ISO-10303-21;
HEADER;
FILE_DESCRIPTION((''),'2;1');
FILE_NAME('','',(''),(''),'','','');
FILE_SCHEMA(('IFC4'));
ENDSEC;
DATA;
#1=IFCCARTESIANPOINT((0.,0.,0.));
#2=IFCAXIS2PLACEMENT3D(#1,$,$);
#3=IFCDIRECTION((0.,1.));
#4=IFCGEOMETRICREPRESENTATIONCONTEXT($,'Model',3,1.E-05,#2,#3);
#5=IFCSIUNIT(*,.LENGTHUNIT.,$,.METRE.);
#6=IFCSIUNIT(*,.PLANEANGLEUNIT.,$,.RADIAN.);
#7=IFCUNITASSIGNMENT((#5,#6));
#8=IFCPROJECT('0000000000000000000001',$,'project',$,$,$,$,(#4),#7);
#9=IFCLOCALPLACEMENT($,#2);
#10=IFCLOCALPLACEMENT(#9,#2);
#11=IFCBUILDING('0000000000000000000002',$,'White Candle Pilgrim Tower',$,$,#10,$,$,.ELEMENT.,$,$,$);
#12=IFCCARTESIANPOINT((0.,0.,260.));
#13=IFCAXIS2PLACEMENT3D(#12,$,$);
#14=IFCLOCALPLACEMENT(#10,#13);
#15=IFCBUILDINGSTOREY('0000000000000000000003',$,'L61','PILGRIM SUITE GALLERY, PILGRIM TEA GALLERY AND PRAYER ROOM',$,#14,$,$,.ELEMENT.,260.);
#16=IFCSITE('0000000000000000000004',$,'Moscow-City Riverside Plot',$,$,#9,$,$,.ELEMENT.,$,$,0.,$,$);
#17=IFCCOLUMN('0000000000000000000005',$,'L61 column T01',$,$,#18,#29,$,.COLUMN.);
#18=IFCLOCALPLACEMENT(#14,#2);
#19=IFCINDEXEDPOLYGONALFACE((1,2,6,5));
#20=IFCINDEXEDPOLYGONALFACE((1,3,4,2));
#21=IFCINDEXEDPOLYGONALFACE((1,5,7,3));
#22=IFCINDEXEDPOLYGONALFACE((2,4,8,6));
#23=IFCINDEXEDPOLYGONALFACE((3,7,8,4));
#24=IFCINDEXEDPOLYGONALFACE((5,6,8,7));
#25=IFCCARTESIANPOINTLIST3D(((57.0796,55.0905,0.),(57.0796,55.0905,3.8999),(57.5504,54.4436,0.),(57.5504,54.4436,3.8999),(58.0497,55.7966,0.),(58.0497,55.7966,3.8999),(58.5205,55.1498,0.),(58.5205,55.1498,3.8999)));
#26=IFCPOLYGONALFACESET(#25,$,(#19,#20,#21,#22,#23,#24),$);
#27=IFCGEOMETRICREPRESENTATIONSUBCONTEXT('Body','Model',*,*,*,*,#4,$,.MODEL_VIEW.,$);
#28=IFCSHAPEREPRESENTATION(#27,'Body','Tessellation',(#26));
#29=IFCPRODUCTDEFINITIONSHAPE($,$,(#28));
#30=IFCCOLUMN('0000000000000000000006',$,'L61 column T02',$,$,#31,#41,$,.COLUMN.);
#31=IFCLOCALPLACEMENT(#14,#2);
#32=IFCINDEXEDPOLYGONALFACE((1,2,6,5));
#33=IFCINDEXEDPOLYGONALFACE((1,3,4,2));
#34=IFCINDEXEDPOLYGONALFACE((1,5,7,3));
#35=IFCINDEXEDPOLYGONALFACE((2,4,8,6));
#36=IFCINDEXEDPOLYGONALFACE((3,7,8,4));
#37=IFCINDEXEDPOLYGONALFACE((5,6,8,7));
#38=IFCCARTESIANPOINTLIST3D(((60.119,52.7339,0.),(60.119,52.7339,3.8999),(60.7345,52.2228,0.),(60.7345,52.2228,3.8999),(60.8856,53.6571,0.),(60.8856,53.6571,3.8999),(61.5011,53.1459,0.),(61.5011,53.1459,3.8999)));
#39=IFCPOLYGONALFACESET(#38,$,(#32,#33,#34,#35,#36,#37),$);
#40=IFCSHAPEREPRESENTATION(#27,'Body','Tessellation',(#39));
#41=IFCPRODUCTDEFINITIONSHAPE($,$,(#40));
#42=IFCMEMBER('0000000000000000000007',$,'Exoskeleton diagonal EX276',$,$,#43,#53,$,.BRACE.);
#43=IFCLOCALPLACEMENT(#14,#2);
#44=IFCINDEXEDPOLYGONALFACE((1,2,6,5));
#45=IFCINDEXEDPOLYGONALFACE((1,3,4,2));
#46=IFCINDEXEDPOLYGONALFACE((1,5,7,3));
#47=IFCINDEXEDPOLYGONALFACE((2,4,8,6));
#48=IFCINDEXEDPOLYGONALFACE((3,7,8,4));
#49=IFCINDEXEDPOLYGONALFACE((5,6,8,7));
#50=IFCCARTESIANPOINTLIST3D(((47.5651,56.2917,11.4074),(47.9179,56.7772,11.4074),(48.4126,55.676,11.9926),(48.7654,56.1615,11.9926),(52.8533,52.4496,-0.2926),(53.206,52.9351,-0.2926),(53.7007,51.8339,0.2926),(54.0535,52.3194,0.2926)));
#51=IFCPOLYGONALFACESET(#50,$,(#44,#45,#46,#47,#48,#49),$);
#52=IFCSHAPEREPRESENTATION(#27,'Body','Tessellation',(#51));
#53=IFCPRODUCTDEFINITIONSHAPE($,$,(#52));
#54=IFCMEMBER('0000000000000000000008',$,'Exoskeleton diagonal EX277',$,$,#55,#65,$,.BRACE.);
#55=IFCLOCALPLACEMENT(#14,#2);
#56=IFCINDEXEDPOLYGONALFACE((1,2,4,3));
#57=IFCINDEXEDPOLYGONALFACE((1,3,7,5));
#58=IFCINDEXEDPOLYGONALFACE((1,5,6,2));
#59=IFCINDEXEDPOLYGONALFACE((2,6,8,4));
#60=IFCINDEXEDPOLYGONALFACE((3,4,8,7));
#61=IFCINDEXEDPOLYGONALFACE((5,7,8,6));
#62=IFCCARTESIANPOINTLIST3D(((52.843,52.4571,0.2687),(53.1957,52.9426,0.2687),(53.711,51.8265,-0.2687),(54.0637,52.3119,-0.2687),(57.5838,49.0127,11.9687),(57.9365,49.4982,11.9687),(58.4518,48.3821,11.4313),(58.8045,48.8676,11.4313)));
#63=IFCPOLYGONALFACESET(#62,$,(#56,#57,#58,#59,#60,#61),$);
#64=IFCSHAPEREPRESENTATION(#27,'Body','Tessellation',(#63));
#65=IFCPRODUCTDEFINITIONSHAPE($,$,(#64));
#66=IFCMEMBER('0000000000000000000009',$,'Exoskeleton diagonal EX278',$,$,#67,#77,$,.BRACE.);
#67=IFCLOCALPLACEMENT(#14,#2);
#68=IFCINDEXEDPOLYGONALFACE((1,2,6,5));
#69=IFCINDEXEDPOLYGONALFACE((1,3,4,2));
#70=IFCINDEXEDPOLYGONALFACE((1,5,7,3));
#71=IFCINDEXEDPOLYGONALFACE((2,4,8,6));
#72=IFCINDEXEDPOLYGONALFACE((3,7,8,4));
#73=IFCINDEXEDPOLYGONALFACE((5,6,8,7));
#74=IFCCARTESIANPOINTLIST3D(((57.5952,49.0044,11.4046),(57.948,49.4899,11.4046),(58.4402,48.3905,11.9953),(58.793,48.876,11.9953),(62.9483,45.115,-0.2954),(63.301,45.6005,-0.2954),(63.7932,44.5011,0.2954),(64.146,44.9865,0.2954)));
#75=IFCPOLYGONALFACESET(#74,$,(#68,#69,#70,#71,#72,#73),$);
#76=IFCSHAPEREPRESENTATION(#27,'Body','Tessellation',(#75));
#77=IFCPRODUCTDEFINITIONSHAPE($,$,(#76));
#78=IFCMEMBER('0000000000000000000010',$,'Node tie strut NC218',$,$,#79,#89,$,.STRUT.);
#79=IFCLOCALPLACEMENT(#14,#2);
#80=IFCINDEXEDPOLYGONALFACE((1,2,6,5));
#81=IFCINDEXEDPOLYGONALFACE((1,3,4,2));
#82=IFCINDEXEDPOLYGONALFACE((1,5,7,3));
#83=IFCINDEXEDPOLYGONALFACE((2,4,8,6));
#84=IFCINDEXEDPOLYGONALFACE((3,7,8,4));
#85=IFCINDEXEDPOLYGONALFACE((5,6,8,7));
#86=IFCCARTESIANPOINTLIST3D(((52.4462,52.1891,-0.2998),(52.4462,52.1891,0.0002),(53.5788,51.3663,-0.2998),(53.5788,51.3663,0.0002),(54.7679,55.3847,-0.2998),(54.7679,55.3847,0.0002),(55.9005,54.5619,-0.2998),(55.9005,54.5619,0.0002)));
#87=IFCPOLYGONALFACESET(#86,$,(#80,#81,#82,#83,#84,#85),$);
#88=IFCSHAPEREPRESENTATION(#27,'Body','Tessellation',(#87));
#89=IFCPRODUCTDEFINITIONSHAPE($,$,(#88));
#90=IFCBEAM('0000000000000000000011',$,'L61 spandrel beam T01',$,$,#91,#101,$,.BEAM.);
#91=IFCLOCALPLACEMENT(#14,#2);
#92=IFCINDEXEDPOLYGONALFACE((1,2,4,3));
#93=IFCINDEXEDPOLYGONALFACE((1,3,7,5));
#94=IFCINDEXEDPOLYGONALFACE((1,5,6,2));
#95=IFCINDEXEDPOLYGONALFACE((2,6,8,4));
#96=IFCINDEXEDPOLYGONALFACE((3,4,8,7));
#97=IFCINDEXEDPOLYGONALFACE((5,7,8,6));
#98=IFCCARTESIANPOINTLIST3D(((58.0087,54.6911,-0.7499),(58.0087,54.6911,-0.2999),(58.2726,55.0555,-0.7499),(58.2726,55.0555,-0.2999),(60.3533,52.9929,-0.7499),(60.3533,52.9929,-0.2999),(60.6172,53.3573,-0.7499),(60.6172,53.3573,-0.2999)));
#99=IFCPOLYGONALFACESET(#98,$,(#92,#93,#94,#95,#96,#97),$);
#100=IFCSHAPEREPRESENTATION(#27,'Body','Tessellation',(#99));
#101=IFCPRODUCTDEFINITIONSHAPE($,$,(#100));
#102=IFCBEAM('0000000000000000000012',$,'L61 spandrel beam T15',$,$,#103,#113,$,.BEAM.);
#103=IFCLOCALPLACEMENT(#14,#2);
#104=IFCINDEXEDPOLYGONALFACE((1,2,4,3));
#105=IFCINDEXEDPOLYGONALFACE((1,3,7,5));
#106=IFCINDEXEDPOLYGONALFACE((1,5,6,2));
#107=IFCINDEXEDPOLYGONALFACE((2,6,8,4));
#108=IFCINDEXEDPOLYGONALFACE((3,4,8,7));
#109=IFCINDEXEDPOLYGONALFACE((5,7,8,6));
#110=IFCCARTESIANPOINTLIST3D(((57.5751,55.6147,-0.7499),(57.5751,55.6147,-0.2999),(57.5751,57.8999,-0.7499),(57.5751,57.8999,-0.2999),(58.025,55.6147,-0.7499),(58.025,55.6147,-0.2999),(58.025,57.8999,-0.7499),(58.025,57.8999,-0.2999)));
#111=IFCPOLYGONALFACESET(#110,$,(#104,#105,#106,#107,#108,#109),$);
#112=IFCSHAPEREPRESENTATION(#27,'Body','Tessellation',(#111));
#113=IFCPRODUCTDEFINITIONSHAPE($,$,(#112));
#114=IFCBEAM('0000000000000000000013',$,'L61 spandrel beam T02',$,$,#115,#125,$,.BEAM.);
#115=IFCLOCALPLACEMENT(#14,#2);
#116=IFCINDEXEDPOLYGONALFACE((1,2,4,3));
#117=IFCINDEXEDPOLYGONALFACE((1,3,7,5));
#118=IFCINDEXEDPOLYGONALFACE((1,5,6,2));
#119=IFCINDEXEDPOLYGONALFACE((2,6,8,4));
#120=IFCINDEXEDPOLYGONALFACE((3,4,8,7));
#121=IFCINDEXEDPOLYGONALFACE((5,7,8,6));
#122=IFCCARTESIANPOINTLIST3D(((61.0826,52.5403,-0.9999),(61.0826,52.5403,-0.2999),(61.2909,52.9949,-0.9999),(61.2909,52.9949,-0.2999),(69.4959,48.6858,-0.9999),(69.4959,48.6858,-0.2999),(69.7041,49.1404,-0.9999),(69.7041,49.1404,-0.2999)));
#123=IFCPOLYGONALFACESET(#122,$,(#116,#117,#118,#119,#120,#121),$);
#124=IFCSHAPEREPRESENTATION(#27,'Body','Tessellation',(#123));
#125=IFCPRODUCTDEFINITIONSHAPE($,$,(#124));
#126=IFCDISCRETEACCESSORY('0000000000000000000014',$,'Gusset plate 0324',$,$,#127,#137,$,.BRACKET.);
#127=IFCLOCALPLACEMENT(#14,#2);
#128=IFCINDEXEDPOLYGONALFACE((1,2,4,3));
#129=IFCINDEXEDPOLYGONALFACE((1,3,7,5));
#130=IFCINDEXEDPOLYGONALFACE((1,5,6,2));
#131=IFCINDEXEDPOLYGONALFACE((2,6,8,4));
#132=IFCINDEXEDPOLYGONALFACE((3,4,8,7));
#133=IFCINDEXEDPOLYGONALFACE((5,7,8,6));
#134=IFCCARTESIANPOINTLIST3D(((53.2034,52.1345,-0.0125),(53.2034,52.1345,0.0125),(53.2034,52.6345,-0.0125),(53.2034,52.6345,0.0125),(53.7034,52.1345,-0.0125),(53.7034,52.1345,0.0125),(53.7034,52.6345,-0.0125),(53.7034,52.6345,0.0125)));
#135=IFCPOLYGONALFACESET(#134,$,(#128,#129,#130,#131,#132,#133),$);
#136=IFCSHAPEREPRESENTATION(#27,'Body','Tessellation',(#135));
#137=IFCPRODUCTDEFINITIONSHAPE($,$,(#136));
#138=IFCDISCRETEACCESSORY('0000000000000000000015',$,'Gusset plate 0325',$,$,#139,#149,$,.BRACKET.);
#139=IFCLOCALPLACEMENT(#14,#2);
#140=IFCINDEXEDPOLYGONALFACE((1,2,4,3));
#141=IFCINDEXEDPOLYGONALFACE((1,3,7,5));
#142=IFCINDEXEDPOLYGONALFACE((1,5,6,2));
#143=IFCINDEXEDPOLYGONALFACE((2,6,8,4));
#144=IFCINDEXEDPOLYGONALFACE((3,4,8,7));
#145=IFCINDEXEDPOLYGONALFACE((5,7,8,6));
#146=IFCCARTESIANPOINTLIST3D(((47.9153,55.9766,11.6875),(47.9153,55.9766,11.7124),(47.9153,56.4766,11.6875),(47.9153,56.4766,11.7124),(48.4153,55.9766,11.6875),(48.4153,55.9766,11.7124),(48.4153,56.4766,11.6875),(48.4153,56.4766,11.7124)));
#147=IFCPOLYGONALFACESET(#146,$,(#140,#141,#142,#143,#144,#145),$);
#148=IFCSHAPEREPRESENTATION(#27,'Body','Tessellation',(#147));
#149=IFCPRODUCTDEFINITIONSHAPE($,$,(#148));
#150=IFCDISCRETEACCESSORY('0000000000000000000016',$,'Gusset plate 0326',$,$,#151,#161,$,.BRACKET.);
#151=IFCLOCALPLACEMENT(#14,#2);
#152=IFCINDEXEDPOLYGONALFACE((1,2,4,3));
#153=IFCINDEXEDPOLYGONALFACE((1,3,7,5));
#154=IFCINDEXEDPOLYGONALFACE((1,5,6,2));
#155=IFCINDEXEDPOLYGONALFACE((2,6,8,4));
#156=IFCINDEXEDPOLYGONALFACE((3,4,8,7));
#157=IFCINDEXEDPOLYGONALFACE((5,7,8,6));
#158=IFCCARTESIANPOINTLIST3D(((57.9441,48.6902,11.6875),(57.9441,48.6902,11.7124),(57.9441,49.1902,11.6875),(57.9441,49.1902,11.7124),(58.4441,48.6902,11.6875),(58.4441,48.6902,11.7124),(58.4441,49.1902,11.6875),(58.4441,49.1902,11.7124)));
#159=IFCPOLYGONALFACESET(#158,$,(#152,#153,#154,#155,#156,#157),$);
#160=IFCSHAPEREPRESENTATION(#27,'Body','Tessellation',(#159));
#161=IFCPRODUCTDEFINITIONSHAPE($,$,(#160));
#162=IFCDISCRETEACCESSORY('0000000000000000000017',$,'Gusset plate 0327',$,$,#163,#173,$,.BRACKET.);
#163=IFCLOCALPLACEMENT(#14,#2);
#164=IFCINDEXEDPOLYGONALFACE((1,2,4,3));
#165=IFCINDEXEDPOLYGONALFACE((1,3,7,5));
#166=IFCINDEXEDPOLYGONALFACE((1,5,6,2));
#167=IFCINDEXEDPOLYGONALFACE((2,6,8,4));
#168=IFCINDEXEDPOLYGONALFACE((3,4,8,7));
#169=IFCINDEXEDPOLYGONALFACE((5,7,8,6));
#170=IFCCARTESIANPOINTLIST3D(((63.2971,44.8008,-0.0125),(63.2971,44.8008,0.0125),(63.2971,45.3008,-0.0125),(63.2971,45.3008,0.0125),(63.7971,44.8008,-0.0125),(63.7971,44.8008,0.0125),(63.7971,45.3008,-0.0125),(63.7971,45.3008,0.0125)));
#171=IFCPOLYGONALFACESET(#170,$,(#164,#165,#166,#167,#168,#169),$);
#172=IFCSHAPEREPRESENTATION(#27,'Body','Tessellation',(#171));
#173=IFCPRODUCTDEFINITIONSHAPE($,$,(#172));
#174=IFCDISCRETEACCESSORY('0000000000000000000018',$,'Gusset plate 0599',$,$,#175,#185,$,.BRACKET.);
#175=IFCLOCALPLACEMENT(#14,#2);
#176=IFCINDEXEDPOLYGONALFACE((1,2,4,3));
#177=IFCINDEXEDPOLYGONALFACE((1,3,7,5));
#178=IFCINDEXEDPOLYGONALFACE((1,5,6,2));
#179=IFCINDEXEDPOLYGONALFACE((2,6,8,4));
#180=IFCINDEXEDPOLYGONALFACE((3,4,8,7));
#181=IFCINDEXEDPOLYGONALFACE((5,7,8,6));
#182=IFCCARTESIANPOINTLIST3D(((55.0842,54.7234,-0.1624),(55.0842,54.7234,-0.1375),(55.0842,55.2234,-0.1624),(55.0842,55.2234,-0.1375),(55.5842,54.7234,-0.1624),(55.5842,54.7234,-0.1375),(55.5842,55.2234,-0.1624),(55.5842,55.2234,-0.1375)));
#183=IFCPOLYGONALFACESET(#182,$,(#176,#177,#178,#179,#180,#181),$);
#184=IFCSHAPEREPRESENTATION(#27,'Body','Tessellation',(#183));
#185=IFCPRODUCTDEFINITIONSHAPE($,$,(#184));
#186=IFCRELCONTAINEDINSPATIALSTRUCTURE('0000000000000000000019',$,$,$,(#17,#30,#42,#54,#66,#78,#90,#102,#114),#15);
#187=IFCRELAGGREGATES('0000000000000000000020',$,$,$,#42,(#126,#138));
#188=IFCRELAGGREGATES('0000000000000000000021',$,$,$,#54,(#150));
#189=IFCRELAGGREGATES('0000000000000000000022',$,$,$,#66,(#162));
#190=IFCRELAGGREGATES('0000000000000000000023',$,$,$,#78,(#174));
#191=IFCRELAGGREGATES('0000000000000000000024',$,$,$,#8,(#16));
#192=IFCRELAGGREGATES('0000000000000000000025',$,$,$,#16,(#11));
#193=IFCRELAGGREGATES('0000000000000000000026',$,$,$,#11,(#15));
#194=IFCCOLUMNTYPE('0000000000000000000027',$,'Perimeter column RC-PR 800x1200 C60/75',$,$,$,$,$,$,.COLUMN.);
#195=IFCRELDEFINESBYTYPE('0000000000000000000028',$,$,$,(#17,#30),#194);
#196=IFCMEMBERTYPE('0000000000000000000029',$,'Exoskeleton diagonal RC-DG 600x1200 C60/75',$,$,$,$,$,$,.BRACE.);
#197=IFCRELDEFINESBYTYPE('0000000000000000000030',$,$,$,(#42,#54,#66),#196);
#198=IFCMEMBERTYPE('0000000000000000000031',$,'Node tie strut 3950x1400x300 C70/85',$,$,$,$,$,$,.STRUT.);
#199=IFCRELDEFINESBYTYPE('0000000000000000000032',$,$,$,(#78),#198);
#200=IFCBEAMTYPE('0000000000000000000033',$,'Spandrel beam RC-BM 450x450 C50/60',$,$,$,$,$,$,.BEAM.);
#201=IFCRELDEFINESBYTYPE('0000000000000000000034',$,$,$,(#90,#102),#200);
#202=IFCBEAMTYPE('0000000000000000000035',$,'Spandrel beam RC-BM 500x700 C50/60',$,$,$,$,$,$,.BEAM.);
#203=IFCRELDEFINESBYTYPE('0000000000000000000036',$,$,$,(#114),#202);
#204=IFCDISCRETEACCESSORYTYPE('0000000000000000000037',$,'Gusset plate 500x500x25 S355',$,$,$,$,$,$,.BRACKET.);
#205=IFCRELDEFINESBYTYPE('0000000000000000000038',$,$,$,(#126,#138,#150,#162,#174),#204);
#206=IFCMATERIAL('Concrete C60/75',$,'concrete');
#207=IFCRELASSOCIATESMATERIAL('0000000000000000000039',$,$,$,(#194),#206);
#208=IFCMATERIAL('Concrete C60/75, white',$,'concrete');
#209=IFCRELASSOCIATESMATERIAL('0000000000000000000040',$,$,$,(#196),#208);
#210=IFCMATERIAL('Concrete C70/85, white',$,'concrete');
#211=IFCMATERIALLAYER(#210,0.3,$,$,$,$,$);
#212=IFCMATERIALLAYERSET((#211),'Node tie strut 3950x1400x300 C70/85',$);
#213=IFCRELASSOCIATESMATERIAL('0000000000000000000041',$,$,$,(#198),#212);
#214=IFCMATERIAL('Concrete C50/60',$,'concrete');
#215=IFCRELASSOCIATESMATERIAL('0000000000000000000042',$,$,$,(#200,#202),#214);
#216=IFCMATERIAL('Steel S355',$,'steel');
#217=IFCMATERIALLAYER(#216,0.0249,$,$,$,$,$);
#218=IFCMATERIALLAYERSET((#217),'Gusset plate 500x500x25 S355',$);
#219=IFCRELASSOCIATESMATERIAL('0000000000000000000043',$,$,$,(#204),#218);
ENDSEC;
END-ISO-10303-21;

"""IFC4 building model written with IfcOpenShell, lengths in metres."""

from ifc_helpers import new_model, si_unit, direction, frame, origin, origin_2d, place, context, subcontext, project, spatial, rectangle, extrude, material, layer, layer_set, material_profile, profile_set, type_object, element, aggregate, save


model = new_model("IFC4")

# Units and contexts
model_context = context("Model", 3, precision=1e-05, world=origin(), true_north=direction((0.0, 1.0)))
body_context = subcontext(model_context, "Body", "Model", "MODEL_VIEW")
ifc_project = project(units=[si_unit("LENGTHUNIT", "METRE"), si_unit("PLANEANGLEUNIT", "RADIAN")], contexts=[model_context])

# Site, building, storey
site_placement = place(None, origin())
site = spatial("IfcSite", under=ifc_project, at=site_placement, Name="Moscow-City Riverside Plot", CompositionType="ELEMENT", RefElevation=0.0)
building_placement = place(site_placement, origin())
building = spatial("IfcBuilding", under=site, at=building_placement, Name="White Candle Pilgrim Tower", CompositionType="ELEMENT")
storey_placement = place(building_placement, frame((0.0, 0.0, 260.0)))
storey = spatial("IfcBuildingStorey", under=building, at=storey_placement, Name="L61", Description="PILGRIM SUITE GALLERY, PILGRIM TEA GALLERY AND PRAYER ROOM", CompositionType="ELEMENT", Elevation=260.0)

# Columns
ifc_material_1 = material(Name="Concrete C60/75", Category="concrete")
ifc_material_profile_1 = material_profile(ifc_material_1, rectangle(XDim=0.8, YDim=1.2, at=origin_2d()), Name="RC-PR 800x1200")
ifc_profile_set_1 = profile_set([ifc_material_profile_1], Name="Concrete C60/75")
column_type = type_object("IfcColumnType", Name="Perimeter column RC-PR 800x1200 C60/75", PredefinedType="COLUMN", material=ifc_profile_set_1)
for number, where, z_axis, x_axis, name in (
    (1, (57.8, 55.1201, 0.0), (0.0, 0.0, 1.0), (-0.588463, 0.808524, 0.0), "L61 column T01"),
    (2, (60.8101, 52.9399, 0.0), (0.0, 0.0, 1.0), (-0.76931, 0.638875, 0.0), "L61 column T02"),
):
    element("IfcColumn", number, at=place(storey_placement, frame(where, z_axis=z_axis, x_axis=x_axis)), inside=storey, type_object=column_type, Name=name, PredefinedType="COLUMN", context=body_context, shape_type="SweptSolid", body=[
        extrude(rectangle(XDim=0.8, YDim=1.2, at=origin_2d()), origin(), (0.0, 0.0, 1.0), 3.8999),
    ])

# Members
ifc_material_2 = material(Name="Concrete C60/75, white", Category="concrete")
ifc_material_profile_2 = material_profile(ifc_material_2, rectangle(XDim=0.6001, YDim=1.2, at=origin_2d()), Name="RC-DG 600x1200")
ifc_profile_set_2 = profile_set([ifc_material_profile_2], Name="Concrete C60/75, white")
member_type_1 = type_object("IfcMemberType", Name="Exoskeleton diagonal RC-DG 600x1200 C60/75", PredefinedType="BRACE", material=ifc_profile_set_2)
member_1_placement = place(storey_placement, frame((53.4534, 52.3845, 0.0), z_axis=(-0.394574, 0.286676, 0.872999), x_axis=(-0.587787, -0.809015, 0.0)))
member_1 = element("IfcMember", 3, at=member_1_placement, inside=storey, type_object=member_type_1, Name="Exoskeleton diagonal EX276", PredefinedType="BRACE", context=body_context, shape_type="SweptSolid", body=[
    extrude(rectangle(XDim=0.6001, YDim=1.2, at=origin_2d()), origin(), (0.0, 0.0, 1.0), 13.4021),
])
member_2_placement = place(storey_placement, frame((53.4534, 52.3845, 0.0), z_axis=(0.362292, -0.26322, 0.894125), x_axis=(0.587785, 0.809017, 0.0)))
member_2 = element("IfcMember", 4, at=member_2_placement, inside=storey, type_object=member_type_1, Name="Exoskeleton diagonal EX277", PredefinedType="BRACE", context=body_context, shape_type="SweptSolid", body=[
    extrude(rectangle(XDim=0.6001, YDim=1.2, at=origin_2d()), origin(), (0.0, 0.0, 1.0), 13.0854),
])
member_3_placement = place(storey_placement, frame((63.5471, 45.0508, 0.0), z_axis=(-0.398249, 0.28936, 0.870441), x_axis=(-0.587805, -0.809002, 0.0)))
member_3 = element("IfcMember", 5, at=member_3_placement, inside=storey, type_object=member_type_1, Name="Exoskeleton diagonal EX278", PredefinedType="BRACE", context=body_context, shape_type="SweptSolid", body=[
    extrude(rectangle(XDim=0.6001, YDim=1.2, at=origin_2d()), origin(), (0.0, 0.0, 1.0), 13.4414),
])
ifc_material_3 = material(Name="Concrete C70/85, white", Category="concrete")
ifc_layer_1 = layer(ifc_material_3, 0.3)
ifc_layer_set_1 = layer_set([ifc_layer_1], Name="Node tie strut 3950x1400x300 C70/85")
member_type_2 = type_object("IfcMemberType", Name="Node tie strut 3950x1400x300 C70/85", PredefinedType="STRUT", material=ifc_layer_set_1)
member_4_placement = place(storey_placement, frame((54.1733, 53.3755, -0.2998), z_axis=(0.0, 0.0, 1.0), x_axis=(0.809017, -0.587785, 0.0)))
member_4 = element("IfcMember", 6, at=member_4_placement, inside=storey, type_object=member_type_2, Name="Node tie strut NC218", PredefinedType="STRUT", context=body_context, shape_type="SweptSolid", body=[
    extrude(rectangle(XDim=1.3999, YDim=3.95, at=origin_2d()), origin(), (0.0, 0.0, 1.0), 0.3),
])

# Beams
ifc_material_4 = material(Name="Concrete C50/60", Category="concrete")
ifc_material_profile_3 = material_profile(ifc_material_4, rectangle(XDim=0.45, YDim=0.45, at=origin_2d()), Name="RC-BM 450x450")
ifc_profile_set_3 = profile_set([ifc_material_profile_3], Name="Concrete C50/60")
beam_type_1 = type_object("IfcBeamType", Name="Spandrel beam RC-BM 450x450 C50/60", PredefinedType="BEAM", material=ifc_profile_set_3)
beam_1_placement = place(storey_placement, frame((58.1406, 54.8733, -0.5249), z_axis=(0.809887, -0.586586, 0.0), x_axis=(0.586586, 0.809887, 0.0)))
element("IfcBeam", 7, at=beam_1_placement, inside=storey, type_object=beam_type_1, Name="L61 spandrel beam T01", PredefinedType="BEAM", context=body_context, shape_type="SweptSolid", body=[
    extrude(rectangle(XDim=0.45, YDim=0.45, at=origin_2d()), origin(), (0.0, 0.0, 1.0), 2.895),
])
beam_2_placement = place(storey_placement, frame((57.8, 55.6147, -0.5249), z_axis=(0.0, 1.0, 0.0), x_axis=(-1.0, 0.0, 0.0)))
element("IfcBeam", 8, at=beam_2_placement, inside=storey, type_object=beam_type_1, Name="L61 spandrel beam T15", PredefinedType="BEAM", context=body_context, shape_type="SweptSolid", body=[
    extrude(rectangle(XDim=0.45, YDim=0.45, at=origin_2d()), origin(), (0.0, 0.0, 1.0), 2.2852),
])
ifc_material_profile_4 = material_profile(ifc_material_4, rectangle(XDim=0.5, YDim=0.7, at=origin_2d()), Name="RC-BM 500x700")
ifc_profile_set_4 = profile_set([ifc_material_profile_4], Name="Concrete C50/60")
beam_type_2 = type_object("IfcBeamType", Name="Spandrel beam RC-BM 500x700 C50/60", PredefinedType="BEAM", material=ifc_profile_set_4)
beam_3_placement = place(storey_placement, frame((61.1868, 52.7676, -0.6499), z_axis=(0.909131, -0.41651, 0.0), x_axis=(0.41651, 0.909131, 0.0)))
element("IfcBeam", 9, at=beam_3_placement, inside=storey, type_object=beam_type_2, Name="L61 spandrel beam T02", PredefinedType="BEAM", context=body_context, shape_type="SweptSolid", body=[
    extrude(rectangle(XDim=0.5, YDim=0.7, at=origin_2d()), origin(), (0.0, 0.0, 1.0), 9.2542),
])

# Discrete accessories
ifc_material_5 = material(Name="Steel S355", Category="steel")
ifc_layer_2 = layer(ifc_material_5, 0.0249)
ifc_layer_set_2 = layer_set([ifc_layer_2], Name="Gusset plate 500x500x25 S355")
discrete_accessory_type = type_object("IfcDiscreteAccessoryType", Name="Gusset plate 500x500x25 S355", PredefinedType="BRACKET", material=ifc_layer_set_2)
discrete_accessory_1_placement = place(storey_placement, frame((53.4534, 52.3845, -0.0125), z_axis=(0.0, 0.0, 1.0), x_axis=(1.0, 0.0, 0.0)))
discrete_accessory_1 = element("IfcDiscreteAccessory", 10, at=discrete_accessory_1_placement, type_object=discrete_accessory_type, Name="Gusset plate 0324", PredefinedType="BRACKET", context=body_context, shape_type="SweptSolid", body=[
    extrude(rectangle(XDim=0.5, YDim=0.5, at=origin_2d()), origin(), (0.0, 0.0, 1.0), 0.0249),
])
placement = place(building_placement, frame((0.0, 0.0, 271.7)))
discrete_accessory_2_placement = place(placement, frame((48.1653, 56.2266, -0.0125), z_axis=(0.0, 0.0, 1.0), x_axis=(1.0, 0.0, 0.0)))
discrete_accessory_2 = element("IfcDiscreteAccessory", 11, at=discrete_accessory_2_placement, type_object=discrete_accessory_type, Name="Gusset plate 0325", PredefinedType="BRACKET", context=body_context, shape_type="SweptSolid", body=[
    extrude(rectangle(XDim=0.5, YDim=0.5, at=origin_2d()), origin(), (0.0, 0.0, 1.0), 0.0249),
])
aggregate(member_1, [discrete_accessory_1, discrete_accessory_2])
discrete_accessory_3_placement = place(placement, frame((58.1941, 48.9402, -0.0125), z_axis=(0.0, 0.0, 1.0), x_axis=(1.0, 0.0, 0.0)))
discrete_accessory_3 = element("IfcDiscreteAccessory", 12, at=discrete_accessory_3_placement, type_object=discrete_accessory_type, Name="Gusset plate 0326", PredefinedType="BRACKET", context=body_context, shape_type="SweptSolid", body=[
    extrude(rectangle(XDim=0.5, YDim=0.5, at=origin_2d()), origin(), (0.0, 0.0, 1.0), 0.0249),
])
aggregate(member_2, [discrete_accessory_3])
discrete_accessory_4_placement = place(storey_placement, frame((63.5471, 45.0508, -0.0125), z_axis=(0.0, 0.0, 1.0), x_axis=(1.0, 0.0, 0.0)))
discrete_accessory_4 = element("IfcDiscreteAccessory", 13, at=discrete_accessory_4_placement, type_object=discrete_accessory_type, Name="Gusset plate 0327", PredefinedType="BRACKET", context=body_context, shape_type="SweptSolid", body=[
    extrude(rectangle(XDim=0.5, YDim=0.5, at=origin_2d()), origin(), (0.0, 0.0, 1.0), 0.0249),
])
aggregate(member_3, [discrete_accessory_4])
discrete_accessory_5_placement = place(storey_placement, frame((55.3342, 54.9734, -0.1624), z_axis=(0.0, 0.0, 1.0), x_axis=(1.0, 0.0, 0.0)))
discrete_accessory_5 = element("IfcDiscreteAccessory", 14, at=discrete_accessory_5_placement, type_object=discrete_accessory_type, Name="Gusset plate 0599", PredefinedType="BRACKET", context=body_context, shape_type="SweptSolid", body=[
    extrude(rectangle(XDim=0.5, YDim=0.5, at=origin_2d()), origin(), (0.0, 0.0, 1.0), 0.0249),
])
aggregate(member_4, [discrete_accessory_5])

save(model, "model.ifc")
